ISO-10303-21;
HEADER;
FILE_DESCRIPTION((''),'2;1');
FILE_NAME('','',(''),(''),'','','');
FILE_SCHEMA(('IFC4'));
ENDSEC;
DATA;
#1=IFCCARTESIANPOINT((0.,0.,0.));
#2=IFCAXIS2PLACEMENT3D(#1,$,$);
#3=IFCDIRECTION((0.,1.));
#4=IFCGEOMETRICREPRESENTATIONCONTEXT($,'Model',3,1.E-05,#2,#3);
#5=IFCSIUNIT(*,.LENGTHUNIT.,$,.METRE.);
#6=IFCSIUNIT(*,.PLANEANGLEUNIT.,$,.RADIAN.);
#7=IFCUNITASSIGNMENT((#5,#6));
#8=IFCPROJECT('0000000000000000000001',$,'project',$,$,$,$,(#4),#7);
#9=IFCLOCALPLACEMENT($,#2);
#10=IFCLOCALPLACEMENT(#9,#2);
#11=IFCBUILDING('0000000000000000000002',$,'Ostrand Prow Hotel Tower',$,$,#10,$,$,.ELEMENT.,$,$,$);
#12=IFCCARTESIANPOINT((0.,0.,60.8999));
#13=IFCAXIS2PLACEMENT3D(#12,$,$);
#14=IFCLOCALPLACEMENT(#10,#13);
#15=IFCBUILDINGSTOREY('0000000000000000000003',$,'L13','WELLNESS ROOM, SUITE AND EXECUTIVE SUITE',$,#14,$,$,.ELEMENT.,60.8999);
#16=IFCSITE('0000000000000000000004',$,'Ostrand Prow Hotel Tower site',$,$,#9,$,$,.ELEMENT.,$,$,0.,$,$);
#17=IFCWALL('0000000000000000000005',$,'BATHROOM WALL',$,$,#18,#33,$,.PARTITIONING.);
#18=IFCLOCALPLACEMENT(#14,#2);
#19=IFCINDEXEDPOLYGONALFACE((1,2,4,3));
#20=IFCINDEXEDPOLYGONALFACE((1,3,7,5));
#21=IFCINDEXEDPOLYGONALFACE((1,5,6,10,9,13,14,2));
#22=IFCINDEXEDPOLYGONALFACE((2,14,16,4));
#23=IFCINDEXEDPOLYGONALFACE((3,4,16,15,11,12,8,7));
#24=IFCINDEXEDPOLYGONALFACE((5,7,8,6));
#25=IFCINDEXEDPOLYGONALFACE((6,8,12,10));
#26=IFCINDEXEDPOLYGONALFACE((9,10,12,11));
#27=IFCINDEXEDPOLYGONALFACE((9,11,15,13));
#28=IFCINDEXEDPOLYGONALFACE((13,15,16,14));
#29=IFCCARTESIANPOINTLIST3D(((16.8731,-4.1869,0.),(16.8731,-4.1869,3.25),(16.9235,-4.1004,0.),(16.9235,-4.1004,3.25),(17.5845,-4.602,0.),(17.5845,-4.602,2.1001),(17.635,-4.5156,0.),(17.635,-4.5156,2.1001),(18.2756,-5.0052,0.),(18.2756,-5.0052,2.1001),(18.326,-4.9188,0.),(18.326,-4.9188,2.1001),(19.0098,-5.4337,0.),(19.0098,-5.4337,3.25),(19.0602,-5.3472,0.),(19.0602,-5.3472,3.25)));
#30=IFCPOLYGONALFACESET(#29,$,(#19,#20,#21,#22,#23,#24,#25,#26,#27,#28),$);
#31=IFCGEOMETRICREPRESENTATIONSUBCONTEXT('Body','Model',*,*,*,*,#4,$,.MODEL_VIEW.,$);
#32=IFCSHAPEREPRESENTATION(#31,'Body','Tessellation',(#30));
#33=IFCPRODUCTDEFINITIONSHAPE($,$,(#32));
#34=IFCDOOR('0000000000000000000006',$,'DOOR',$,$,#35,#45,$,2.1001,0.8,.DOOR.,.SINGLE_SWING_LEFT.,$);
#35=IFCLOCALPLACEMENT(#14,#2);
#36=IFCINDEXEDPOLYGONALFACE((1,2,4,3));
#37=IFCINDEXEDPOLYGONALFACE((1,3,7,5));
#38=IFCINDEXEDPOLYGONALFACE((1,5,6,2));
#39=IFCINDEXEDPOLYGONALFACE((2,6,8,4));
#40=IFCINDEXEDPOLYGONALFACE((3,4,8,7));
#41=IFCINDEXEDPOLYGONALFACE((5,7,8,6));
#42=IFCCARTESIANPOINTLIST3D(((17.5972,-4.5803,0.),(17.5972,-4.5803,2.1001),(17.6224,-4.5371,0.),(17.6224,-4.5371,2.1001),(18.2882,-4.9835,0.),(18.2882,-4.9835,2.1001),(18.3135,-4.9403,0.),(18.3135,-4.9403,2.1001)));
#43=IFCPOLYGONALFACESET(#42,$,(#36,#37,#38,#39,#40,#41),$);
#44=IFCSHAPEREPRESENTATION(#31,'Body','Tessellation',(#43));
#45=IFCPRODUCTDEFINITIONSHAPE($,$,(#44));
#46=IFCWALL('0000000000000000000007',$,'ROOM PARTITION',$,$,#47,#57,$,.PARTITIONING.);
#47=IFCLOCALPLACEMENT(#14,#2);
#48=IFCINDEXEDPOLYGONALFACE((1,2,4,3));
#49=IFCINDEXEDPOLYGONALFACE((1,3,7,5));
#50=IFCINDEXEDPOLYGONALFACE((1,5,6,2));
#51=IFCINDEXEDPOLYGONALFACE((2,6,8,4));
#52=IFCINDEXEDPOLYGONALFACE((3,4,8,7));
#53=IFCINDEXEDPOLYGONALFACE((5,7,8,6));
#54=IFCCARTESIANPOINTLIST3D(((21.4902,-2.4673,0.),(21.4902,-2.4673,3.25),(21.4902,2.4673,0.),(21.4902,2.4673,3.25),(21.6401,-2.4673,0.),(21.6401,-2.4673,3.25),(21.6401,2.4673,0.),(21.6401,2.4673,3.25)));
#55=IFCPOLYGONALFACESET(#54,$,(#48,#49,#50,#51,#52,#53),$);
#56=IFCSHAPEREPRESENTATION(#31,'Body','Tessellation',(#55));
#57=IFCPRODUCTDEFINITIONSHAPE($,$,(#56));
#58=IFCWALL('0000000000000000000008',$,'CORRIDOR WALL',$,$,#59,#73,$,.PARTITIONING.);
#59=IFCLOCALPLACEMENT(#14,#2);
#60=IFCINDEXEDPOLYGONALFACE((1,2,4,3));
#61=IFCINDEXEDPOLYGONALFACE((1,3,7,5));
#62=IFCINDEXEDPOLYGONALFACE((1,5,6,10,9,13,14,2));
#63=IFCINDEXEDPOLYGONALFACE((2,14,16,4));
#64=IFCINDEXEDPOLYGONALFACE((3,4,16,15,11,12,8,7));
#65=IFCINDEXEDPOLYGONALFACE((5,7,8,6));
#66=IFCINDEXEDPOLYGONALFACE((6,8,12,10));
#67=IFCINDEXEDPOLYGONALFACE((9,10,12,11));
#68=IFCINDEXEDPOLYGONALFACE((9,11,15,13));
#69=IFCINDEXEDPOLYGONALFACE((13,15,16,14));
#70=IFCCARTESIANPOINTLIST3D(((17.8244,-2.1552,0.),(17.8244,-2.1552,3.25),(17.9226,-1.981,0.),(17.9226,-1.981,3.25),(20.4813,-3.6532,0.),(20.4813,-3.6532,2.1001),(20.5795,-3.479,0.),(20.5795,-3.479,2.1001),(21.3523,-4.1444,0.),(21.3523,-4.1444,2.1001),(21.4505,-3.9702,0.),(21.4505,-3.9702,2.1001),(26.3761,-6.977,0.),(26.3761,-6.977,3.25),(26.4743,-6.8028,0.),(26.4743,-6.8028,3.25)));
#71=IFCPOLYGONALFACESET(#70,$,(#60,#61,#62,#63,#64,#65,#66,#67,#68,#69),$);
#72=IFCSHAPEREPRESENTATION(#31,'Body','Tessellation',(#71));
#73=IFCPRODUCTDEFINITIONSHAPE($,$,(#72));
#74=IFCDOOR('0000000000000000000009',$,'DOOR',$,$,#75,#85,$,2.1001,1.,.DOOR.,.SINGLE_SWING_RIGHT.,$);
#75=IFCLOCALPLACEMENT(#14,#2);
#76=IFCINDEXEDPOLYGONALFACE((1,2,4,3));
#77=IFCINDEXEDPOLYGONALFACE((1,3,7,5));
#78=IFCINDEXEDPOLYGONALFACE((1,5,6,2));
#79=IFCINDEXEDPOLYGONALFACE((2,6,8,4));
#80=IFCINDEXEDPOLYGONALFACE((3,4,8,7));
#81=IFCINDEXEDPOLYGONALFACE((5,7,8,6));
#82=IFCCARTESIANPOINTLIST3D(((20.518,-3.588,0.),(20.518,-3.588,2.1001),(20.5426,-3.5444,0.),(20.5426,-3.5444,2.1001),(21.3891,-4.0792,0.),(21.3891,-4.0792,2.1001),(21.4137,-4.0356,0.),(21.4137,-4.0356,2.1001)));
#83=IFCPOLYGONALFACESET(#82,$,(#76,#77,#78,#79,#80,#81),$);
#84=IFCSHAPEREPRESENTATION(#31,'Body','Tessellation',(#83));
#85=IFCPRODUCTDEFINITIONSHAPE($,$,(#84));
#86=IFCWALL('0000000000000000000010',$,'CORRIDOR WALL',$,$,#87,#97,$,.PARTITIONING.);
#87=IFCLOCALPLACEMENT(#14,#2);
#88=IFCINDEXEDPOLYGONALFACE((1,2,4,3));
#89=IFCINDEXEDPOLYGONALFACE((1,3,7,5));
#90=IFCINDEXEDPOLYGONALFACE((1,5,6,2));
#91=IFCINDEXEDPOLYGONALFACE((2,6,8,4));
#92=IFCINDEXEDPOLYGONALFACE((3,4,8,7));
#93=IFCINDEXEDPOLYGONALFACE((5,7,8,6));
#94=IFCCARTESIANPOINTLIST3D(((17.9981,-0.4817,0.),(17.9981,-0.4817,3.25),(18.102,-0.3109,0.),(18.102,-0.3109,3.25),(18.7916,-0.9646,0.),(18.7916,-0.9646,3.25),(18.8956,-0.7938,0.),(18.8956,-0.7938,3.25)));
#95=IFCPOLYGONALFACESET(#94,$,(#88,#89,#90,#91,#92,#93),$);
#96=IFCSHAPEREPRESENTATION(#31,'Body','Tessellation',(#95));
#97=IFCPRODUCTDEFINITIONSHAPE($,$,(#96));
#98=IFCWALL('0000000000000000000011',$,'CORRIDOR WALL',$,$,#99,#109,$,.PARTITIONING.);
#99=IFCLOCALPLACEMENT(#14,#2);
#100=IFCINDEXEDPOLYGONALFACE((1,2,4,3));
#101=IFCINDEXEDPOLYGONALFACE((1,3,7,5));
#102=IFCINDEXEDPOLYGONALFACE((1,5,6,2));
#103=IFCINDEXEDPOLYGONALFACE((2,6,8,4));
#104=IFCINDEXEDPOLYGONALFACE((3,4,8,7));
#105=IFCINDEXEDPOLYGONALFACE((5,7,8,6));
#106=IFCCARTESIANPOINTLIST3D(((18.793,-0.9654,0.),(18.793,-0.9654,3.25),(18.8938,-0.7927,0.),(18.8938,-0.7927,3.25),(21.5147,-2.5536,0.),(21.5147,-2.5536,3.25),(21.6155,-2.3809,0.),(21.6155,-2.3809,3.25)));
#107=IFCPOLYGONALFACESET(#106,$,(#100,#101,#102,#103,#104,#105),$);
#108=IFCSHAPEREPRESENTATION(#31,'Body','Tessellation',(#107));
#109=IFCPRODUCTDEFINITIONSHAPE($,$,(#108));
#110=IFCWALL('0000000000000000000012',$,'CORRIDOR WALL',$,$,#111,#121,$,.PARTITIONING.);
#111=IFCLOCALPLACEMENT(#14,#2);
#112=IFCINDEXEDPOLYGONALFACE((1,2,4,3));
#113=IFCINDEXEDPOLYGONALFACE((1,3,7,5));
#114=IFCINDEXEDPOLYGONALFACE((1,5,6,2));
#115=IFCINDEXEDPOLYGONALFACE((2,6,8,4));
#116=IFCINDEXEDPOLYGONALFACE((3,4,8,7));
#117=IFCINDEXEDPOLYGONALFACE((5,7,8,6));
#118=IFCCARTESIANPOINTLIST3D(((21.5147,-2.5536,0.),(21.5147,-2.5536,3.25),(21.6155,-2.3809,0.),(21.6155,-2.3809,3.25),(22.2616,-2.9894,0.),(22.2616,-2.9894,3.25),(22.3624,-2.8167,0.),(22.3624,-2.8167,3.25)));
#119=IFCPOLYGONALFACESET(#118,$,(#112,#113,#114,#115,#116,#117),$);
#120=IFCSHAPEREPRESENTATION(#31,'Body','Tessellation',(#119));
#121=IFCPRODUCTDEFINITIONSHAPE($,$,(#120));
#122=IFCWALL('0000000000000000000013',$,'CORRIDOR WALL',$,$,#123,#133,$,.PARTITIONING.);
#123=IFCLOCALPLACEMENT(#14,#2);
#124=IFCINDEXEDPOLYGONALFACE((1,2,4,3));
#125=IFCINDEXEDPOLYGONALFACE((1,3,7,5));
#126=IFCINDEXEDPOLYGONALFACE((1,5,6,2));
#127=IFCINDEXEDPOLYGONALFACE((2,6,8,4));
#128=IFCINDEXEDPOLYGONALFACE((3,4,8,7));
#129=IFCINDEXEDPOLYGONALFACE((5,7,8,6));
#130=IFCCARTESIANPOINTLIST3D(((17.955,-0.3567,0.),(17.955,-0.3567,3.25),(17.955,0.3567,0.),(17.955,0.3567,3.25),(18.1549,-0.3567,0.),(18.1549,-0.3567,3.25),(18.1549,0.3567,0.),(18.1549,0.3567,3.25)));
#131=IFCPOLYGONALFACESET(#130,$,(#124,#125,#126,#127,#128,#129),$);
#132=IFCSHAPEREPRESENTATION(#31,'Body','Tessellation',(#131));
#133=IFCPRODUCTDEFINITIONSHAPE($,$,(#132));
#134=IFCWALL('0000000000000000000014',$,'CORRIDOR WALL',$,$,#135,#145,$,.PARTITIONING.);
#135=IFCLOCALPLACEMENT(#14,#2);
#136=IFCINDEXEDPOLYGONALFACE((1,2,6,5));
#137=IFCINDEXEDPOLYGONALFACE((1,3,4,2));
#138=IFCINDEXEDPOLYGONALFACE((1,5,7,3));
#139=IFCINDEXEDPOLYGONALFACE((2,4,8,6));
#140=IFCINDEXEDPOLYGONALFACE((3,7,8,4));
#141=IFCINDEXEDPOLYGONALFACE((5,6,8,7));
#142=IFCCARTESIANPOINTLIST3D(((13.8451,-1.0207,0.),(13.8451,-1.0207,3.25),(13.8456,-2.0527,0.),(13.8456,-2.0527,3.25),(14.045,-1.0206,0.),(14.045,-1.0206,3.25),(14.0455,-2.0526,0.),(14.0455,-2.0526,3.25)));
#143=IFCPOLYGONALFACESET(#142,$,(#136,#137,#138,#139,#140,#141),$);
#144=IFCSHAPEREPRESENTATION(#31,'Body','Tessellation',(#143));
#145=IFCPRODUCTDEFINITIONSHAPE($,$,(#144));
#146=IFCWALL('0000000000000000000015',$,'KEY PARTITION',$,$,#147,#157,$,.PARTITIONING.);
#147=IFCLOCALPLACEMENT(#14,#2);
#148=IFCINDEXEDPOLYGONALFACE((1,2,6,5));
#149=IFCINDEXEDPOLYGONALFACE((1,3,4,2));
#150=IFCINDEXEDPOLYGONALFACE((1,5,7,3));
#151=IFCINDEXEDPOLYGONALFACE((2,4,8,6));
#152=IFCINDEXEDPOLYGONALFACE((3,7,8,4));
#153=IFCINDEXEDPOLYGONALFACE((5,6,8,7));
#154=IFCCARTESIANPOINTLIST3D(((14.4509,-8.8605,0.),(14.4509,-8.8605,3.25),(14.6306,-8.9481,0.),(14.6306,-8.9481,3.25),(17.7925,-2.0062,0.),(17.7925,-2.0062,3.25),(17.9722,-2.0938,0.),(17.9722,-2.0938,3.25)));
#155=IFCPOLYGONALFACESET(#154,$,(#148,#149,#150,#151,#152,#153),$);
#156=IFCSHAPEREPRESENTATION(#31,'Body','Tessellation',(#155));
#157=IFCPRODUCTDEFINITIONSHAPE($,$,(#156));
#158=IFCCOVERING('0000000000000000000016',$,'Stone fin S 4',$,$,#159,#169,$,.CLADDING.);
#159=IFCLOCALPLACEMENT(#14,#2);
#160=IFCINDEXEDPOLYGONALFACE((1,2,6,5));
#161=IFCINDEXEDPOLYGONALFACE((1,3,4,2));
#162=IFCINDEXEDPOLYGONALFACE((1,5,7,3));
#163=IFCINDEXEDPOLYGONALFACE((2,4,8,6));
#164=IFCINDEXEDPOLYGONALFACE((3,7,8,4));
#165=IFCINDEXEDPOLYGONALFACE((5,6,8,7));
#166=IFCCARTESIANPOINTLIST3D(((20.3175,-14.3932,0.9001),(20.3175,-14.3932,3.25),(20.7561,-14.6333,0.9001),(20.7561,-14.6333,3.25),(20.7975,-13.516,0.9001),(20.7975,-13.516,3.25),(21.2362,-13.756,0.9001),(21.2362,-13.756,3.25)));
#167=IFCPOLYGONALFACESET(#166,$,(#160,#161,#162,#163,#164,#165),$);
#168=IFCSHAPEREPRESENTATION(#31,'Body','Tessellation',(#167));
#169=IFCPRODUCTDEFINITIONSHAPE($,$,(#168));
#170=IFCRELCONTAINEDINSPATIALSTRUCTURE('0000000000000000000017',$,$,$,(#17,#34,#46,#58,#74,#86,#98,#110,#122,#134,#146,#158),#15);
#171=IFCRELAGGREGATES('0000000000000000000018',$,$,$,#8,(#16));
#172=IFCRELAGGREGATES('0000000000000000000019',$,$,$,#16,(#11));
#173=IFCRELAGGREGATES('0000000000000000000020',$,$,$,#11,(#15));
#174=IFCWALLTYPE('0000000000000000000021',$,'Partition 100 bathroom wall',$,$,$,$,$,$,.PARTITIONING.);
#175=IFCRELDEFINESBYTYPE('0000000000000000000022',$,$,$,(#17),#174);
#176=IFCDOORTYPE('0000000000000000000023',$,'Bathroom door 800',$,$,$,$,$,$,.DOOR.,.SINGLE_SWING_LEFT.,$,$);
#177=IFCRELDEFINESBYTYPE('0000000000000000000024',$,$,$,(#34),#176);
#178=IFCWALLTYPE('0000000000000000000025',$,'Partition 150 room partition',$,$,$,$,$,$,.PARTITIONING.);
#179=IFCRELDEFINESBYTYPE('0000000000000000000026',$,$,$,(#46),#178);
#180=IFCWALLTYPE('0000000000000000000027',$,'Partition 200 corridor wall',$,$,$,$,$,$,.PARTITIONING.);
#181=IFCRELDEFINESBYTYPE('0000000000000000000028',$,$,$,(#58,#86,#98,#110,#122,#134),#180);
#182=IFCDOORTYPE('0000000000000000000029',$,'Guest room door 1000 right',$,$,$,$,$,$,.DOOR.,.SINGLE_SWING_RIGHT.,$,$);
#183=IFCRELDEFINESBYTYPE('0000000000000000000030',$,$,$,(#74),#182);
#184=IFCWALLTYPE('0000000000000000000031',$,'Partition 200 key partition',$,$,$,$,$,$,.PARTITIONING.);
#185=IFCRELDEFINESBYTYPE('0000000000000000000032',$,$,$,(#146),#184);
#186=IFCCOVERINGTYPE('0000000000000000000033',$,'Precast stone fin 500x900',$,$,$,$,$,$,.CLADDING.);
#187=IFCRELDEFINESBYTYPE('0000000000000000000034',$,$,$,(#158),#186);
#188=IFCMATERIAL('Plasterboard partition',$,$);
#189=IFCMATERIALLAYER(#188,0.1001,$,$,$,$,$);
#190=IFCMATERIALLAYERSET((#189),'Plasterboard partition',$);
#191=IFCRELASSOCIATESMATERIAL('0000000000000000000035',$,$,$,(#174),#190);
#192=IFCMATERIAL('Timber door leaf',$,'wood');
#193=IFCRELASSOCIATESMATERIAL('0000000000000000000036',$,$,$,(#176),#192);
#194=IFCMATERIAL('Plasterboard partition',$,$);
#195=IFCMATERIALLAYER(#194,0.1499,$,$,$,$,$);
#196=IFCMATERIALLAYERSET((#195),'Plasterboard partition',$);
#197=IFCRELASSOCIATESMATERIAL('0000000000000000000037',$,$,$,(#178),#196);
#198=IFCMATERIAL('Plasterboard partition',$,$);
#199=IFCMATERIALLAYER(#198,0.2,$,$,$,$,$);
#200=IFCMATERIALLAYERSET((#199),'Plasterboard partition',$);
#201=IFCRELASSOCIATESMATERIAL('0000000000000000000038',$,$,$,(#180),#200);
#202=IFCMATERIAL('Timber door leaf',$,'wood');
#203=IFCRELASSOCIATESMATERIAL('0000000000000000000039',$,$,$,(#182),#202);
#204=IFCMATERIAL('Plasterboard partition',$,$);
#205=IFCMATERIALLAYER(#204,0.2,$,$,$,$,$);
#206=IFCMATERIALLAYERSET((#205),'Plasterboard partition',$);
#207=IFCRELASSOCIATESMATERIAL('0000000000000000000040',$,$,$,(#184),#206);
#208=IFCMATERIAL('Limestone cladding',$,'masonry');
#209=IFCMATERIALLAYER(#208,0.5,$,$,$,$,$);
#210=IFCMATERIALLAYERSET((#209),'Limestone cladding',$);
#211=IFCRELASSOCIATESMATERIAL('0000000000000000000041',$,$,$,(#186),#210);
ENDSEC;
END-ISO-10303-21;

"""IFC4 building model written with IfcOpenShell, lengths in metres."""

from ifc_helpers import new_model, si_unit, direction, frame, frame_2d, origin, place, context, subcontext, project, spatial, rectangle, extrude, material, layer, layer_set, type_object, element, fill, save


model = new_model("IFC4")

# Units and contexts
model_context = context("Model", 3, precision=1e-05, world=origin(), true_north=direction((0.0, 1.0)))
body_context = subcontext(model_context, "Body", "Model", "MODEL_VIEW")
ifc_project = project(units=[si_unit("LENGTHUNIT", "METRE"), si_unit("PLANEANGLEUNIT", "RADIAN")], contexts=[model_context])

# Site, building, storey
site_placement = place(None, origin())
site = spatial("IfcSite", under=ifc_project, at=site_placement, Name="Ostrand Prow Hotel Tower site", CompositionType="ELEMENT", RefElevation=0.0)
building_placement = place(site_placement, origin())
building = spatial("IfcBuilding", under=site, at=building_placement, Name="Ostrand Prow Hotel Tower", CompositionType="ELEMENT")
storey_placement = place(building_placement, frame((0.0, 0.0, 60.8999)))
storey = spatial("IfcBuildingStorey", under=building, at=storey_placement, Name="L13", Description="WELLNESS ROOM, SUITE AND EXECUTIVE SUITE", CompositionType="ELEMENT", Elevation=60.8999)

# Shared definitions
ifc_material_1 = material(Name="Plasterboard partition")
ifc_layer_1 = layer(ifc_material_1, 0.1001)
ifc_layer_set_1 = layer_set([ifc_layer_1], Name="Plasterboard partition")
wall_type_1 = type_object("IfcWallType", Name="Partition 100 bathroom wall", PredefinedType="PARTITIONING", material=ifc_layer_set_1)

# Wall, opening, door
wall_1_placement = place(storey_placement, frame((19.0349, -5.3904, 0.0), z_axis=(0.0, 0.0, 1.0), x_axis=(-0.863707, 0.503994, 0.0)))
wall_1 = element("IfcWall", 1, at=wall_1_placement, inside=storey, type_object=wall_type_1, Name="BATHROOM WALL", PredefinedType="PARTITIONING", context=body_context, shape_type="SweptSolid", body=[
    extrude(rectangle(XDim=2.4739, YDim=0.1001, at=frame_2d((1.2368, 0.0))), origin(), (0.0, 0.0, 1.0), 3.25),
])
opening_1_placement = place(wall_1_placement, frame((0.8501, 0.0, 0.0)))
opening_1 = element("IfcOpeningElement", 2, at=opening_1_placement, cuts=wall_1, PredefinedType="OPENING", context=body_context, shape_type="SweptSolid", body=[
    extrude(rectangle(XDim=0.8, YDim=2.1001, at=frame_2d((0.3999, 1.05))), frame((0.0, 0.0601, 0.0), z_axis=(0.0, -1.0, 0.0), x_axis=(1.0, 0.0, 0.0)), (0.0, 0.0, 1.0), 0.1201),
])
ifc_material_2 = material(Name="Timber door leaf", Category="wood")
door_type_1 = type_object("IfcDoorType", Name="Bathroom door 800", OperationType="SINGLE_SWING_LEFT", PredefinedType="DOOR", material=ifc_material_2)
door_1_placement = place(opening_1_placement, origin())
door_1 = element("IfcDoor", 3, at=door_1_placement, inside=storey, type_object=door_type_1, Name="DOOR", OperationType="SINGLE_SWING_LEFT", OverallHeight=2.1001, OverallWidth=0.8, PredefinedType="DOOR", context=body_context, shape_type="SweptSolid", body=[
    extrude(rectangle(XDim=0.8, YDim=2.1001, at=frame_2d((0.3999, 1.05))), frame((0.0, 0.0249, 0.0), z_axis=(0.0, -1.0, 0.0), x_axis=(1.0, 0.0, 0.0)), (0.0, 0.0, 1.0), 0.05),
])
fill(opening_1, door_1)

# Wall
ifc_material_3 = material(Name="Plasterboard partition")
ifc_layer_2 = layer(ifc_material_3, 0.1499)
ifc_layer_set_2 = layer_set([ifc_layer_2], Name="Plasterboard partition")
wall_type_2 = type_object("IfcWallType", Name="Partition 150 room partition", PredefinedType="PARTITIONING", material=ifc_layer_set_2)
wall_2_placement = place(storey_placement, frame((21.5652, -2.4673, 0.0), z_axis=(0.0, 0.0, 1.0), x_axis=(0.0, 1.0, 0.0)))
element("IfcWall", 4, at=wall_2_placement, inside=storey, type_object=wall_type_2, Name="ROOM PARTITION", PredefinedType="PARTITIONING", context=body_context, shape_type="SweptSolid", body=[
    extrude(rectangle(XDim=4.9346, YDim=0.1499, at=frame_2d((2.4673, 0.0))), origin(), (0.0, 0.0, 1.0), 3.25),
])

# Wall, opening, door
ifc_material_4 = material(Name="Plasterboard partition")
ifc_layer_3 = layer(ifc_material_4, 0.2)
ifc_layer_set_3 = layer_set([ifc_layer_3], Name="Plasterboard partition")
wall_type_3 = type_object("IfcWallType", Name="Partition 200 corridor wall", PredefinedType="PARTITIONING", material=ifc_layer_set_3)
wall_3_placement = place(storey_placement, frame((17.8735, -2.0681, 0.0), z_axis=(0.0, 0.0, 1.0), x_axis=(0.871078, -0.491144, 0.0)))
wall_3 = element("IfcWall", 5, at=wall_3_placement, inside=storey, type_object=wall_type_3, Name="CORRIDOR WALL", PredefinedType="PARTITIONING", context=body_context, shape_type="SweptSolid", body=[
    extrude(rectangle(XDim=9.8174, YDim=0.2, at=frame_2d((4.9087, 0.0))), origin(), (0.0, 0.0, 1.0), 3.25),
])
opening_2_placement = place(wall_3_placement, frame((3.05, 0.0, 0.0)))
opening_2 = element("IfcOpeningElement", 6, at=opening_2_placement, cuts=wall_3, PredefinedType="OPENING", context=body_context, shape_type="SweptSolid", body=[
    extrude(rectangle(XDim=1.0, YDim=2.1001, at=frame_2d((0.5, 1.05))), frame((0.0, 0.1099, 0.0), z_axis=(0.0, -1.0, 0.0), x_axis=(1.0, 0.0, 0.0)), (0.0, 0.0, 1.0), 0.22),
])
ifc_material_5 = material(Name="Timber door leaf", Category="wood")
door_type_2 = type_object("IfcDoorType", Name="Guest room door 1000 right", OperationType="SINGLE_SWING_RIGHT", PredefinedType="DOOR", material=ifc_material_5)
door_2_placement = place(opening_2_placement, origin())
door_2 = element("IfcDoor", 7, at=door_2_placement, inside=storey, type_object=door_type_2, Name="DOOR", OperationType="SINGLE_SWING_RIGHT", OverallHeight=2.1001, OverallWidth=1.0, PredefinedType="DOOR", context=body_context, shape_type="SweptSolid", body=[
    extrude(rectangle(XDim=1.0, YDim=2.1001, at=frame_2d((0.5, 1.05))), frame((0.0, 0.0249, 0.0), z_axis=(0.0, -1.0, 0.0), x_axis=(1.0, 0.0, 0.0)), (0.0, 0.0, 1.0), 0.05),
])
fill(opening_2, door_2)

# Walls
wall_4_placement = place(storey_placement, frame((18.8435, -0.8792, 0.0), z_axis=(0.0, 0.0, 1.0), x_axis=(-0.854229, 0.519897, 0.0)))
element("IfcWall", 8, at=wall_4_placement, inside=storey, type_object=wall_type_3, Name="CORRIDOR WALL", PredefinedType="PARTITIONING", context=body_context, shape_type="SweptSolid", body=[
    extrude(rectangle(XDim=0.929, YDim=0.2, at=frame_2d((0.4644, 0.0))), origin(), (0.0, 0.0, 1.0), 3.25),
])
wall_5_placement = place(storey_placement, frame((21.5652, -2.4673, 0.0), z_axis=(0.0, 0.0, 1.0), x_axis=(-0.863711, 0.503987, 0.0)))
element("IfcWall", 9, at=wall_5_placement, inside=storey, type_object=wall_type_3, Name="CORRIDOR WALL", PredefinedType="PARTITIONING", context=body_context, shape_type="SweptSolid", body=[
    extrude(rectangle(XDim=3.1511, YDim=0.2, at=frame_2d((1.5757, 0.0))), origin(), (0.0, 0.0, 1.0), 3.25),
])
wall_6_placement = place(storey_placement, frame((22.312, -2.9031, 0.0), z_axis=(0.0, 0.0, 1.0), x_axis=(-0.863707, 0.503994, 0.0)))
element("IfcWall", 10, at=wall_6_placement, inside=storey, type_object=wall_type_3, Name="CORRIDOR WALL", PredefinedType="PARTITIONING", context=body_context, shape_type="SweptSolid", body=[
    extrude(rectangle(XDim=0.8647, YDim=0.2, at=frame_2d((0.4324, 0.0))), origin(), (0.0, 0.0, 1.0), 3.25),
])
wall_7_placement = place(storey_placement, frame((18.0549, -0.3567, 0.0), z_axis=(0.0, 0.0, 1.0), x_axis=(0.0, 1.0, 0.0)))
element("IfcWall", 11, at=wall_7_placement, inside=storey, type_object=wall_type_3, Name="CORRIDOR WALL", PredefinedType="PARTITIONING", context=body_context, shape_type="SweptSolid", body=[
    extrude(rectangle(XDim=0.7134, YDim=0.2, at=frame_2d((0.3567, 0.0))), origin(), (0.0, 0.0, 1.0), 3.25),
])
wall_8_placement = place(storey_placement, frame((13.9451, -1.0205, 0.0), z_axis=(0.0, 0.0, 1.0), x_axis=(0.000473, -1.0, 0.0)))
element("IfcWall", 12, at=wall_8_placement, inside=storey, type_object=wall_type_3, Name="CORRIDOR WALL", PredefinedType="PARTITIONING", context=body_context, shape_type="SweptSolid", body=[
    extrude(rectangle(XDim=1.032, YDim=0.2, at=frame_2d((0.5161, 0.0))), origin(), (0.0, 0.0, 1.0), 3.25),
])
ifc_material_6 = material(Name="Plasterboard partition")
ifc_layer_4 = layer(ifc_material_6, 0.2)
ifc_layer_set_4 = layer_set([ifc_layer_4], Name="Plasterboard partition")
wall_type_4 = type_object("IfcWallType", Name="Partition 200 key partition", PredefinedType="PARTITIONING", material=ifc_layer_set_4)
wall_9_placement = place(storey_placement, frame((14.5408, -8.9043, 0.0), z_axis=(0.0, 0.0, 1.0), x_axis=(0.438214, 0.898871, 0.0)))
element("IfcWall", 13, at=wall_9_placement, inside=storey, type_object=wall_type_4, Name="KEY PARTITION", PredefinedType="PARTITIONING", context=body_context, shape_type="SweptSolid", body=[
    extrude(rectangle(XDim=7.6255, YDim=0.2, at=frame_2d((3.8127, 0.0))), origin(), (0.0, 0.0, 1.0), 3.25),
])

# Covering
ifc_material_7 = material(Name="Limestone cladding", Category="masonry")
ifc_layer_5 = layer(ifc_material_7, 0.5)
ifc_layer_set_5 = layer_set([ifc_layer_5], Name="Limestone cladding")
covering_type = type_object("IfcCoveringType", Name="Precast stone fin 500x900", PredefinedType="CLADDING", material=ifc_layer_set_5)
covering_placement = place(storey_placement, frame((21.0168, -13.636, 0.9001), z_axis=(0.0, 0.0, 1.0), x_axis=(-0.480015, -0.87726, 0.0)))
element("IfcCovering", 14, at=covering_placement, inside=storey, type_object=covering_type, Name="Stone fin S 4", PredefinedType="CLADDING", context=body_context, shape_type="SweptSolid", body=[
    extrude(rectangle(XDim=1.0, YDim=0.5, at=frame_2d((0.5, 0.0))), origin(), (0.0, 0.0, 1.0), 2.3499),
])

save(model, "model.ifc")
